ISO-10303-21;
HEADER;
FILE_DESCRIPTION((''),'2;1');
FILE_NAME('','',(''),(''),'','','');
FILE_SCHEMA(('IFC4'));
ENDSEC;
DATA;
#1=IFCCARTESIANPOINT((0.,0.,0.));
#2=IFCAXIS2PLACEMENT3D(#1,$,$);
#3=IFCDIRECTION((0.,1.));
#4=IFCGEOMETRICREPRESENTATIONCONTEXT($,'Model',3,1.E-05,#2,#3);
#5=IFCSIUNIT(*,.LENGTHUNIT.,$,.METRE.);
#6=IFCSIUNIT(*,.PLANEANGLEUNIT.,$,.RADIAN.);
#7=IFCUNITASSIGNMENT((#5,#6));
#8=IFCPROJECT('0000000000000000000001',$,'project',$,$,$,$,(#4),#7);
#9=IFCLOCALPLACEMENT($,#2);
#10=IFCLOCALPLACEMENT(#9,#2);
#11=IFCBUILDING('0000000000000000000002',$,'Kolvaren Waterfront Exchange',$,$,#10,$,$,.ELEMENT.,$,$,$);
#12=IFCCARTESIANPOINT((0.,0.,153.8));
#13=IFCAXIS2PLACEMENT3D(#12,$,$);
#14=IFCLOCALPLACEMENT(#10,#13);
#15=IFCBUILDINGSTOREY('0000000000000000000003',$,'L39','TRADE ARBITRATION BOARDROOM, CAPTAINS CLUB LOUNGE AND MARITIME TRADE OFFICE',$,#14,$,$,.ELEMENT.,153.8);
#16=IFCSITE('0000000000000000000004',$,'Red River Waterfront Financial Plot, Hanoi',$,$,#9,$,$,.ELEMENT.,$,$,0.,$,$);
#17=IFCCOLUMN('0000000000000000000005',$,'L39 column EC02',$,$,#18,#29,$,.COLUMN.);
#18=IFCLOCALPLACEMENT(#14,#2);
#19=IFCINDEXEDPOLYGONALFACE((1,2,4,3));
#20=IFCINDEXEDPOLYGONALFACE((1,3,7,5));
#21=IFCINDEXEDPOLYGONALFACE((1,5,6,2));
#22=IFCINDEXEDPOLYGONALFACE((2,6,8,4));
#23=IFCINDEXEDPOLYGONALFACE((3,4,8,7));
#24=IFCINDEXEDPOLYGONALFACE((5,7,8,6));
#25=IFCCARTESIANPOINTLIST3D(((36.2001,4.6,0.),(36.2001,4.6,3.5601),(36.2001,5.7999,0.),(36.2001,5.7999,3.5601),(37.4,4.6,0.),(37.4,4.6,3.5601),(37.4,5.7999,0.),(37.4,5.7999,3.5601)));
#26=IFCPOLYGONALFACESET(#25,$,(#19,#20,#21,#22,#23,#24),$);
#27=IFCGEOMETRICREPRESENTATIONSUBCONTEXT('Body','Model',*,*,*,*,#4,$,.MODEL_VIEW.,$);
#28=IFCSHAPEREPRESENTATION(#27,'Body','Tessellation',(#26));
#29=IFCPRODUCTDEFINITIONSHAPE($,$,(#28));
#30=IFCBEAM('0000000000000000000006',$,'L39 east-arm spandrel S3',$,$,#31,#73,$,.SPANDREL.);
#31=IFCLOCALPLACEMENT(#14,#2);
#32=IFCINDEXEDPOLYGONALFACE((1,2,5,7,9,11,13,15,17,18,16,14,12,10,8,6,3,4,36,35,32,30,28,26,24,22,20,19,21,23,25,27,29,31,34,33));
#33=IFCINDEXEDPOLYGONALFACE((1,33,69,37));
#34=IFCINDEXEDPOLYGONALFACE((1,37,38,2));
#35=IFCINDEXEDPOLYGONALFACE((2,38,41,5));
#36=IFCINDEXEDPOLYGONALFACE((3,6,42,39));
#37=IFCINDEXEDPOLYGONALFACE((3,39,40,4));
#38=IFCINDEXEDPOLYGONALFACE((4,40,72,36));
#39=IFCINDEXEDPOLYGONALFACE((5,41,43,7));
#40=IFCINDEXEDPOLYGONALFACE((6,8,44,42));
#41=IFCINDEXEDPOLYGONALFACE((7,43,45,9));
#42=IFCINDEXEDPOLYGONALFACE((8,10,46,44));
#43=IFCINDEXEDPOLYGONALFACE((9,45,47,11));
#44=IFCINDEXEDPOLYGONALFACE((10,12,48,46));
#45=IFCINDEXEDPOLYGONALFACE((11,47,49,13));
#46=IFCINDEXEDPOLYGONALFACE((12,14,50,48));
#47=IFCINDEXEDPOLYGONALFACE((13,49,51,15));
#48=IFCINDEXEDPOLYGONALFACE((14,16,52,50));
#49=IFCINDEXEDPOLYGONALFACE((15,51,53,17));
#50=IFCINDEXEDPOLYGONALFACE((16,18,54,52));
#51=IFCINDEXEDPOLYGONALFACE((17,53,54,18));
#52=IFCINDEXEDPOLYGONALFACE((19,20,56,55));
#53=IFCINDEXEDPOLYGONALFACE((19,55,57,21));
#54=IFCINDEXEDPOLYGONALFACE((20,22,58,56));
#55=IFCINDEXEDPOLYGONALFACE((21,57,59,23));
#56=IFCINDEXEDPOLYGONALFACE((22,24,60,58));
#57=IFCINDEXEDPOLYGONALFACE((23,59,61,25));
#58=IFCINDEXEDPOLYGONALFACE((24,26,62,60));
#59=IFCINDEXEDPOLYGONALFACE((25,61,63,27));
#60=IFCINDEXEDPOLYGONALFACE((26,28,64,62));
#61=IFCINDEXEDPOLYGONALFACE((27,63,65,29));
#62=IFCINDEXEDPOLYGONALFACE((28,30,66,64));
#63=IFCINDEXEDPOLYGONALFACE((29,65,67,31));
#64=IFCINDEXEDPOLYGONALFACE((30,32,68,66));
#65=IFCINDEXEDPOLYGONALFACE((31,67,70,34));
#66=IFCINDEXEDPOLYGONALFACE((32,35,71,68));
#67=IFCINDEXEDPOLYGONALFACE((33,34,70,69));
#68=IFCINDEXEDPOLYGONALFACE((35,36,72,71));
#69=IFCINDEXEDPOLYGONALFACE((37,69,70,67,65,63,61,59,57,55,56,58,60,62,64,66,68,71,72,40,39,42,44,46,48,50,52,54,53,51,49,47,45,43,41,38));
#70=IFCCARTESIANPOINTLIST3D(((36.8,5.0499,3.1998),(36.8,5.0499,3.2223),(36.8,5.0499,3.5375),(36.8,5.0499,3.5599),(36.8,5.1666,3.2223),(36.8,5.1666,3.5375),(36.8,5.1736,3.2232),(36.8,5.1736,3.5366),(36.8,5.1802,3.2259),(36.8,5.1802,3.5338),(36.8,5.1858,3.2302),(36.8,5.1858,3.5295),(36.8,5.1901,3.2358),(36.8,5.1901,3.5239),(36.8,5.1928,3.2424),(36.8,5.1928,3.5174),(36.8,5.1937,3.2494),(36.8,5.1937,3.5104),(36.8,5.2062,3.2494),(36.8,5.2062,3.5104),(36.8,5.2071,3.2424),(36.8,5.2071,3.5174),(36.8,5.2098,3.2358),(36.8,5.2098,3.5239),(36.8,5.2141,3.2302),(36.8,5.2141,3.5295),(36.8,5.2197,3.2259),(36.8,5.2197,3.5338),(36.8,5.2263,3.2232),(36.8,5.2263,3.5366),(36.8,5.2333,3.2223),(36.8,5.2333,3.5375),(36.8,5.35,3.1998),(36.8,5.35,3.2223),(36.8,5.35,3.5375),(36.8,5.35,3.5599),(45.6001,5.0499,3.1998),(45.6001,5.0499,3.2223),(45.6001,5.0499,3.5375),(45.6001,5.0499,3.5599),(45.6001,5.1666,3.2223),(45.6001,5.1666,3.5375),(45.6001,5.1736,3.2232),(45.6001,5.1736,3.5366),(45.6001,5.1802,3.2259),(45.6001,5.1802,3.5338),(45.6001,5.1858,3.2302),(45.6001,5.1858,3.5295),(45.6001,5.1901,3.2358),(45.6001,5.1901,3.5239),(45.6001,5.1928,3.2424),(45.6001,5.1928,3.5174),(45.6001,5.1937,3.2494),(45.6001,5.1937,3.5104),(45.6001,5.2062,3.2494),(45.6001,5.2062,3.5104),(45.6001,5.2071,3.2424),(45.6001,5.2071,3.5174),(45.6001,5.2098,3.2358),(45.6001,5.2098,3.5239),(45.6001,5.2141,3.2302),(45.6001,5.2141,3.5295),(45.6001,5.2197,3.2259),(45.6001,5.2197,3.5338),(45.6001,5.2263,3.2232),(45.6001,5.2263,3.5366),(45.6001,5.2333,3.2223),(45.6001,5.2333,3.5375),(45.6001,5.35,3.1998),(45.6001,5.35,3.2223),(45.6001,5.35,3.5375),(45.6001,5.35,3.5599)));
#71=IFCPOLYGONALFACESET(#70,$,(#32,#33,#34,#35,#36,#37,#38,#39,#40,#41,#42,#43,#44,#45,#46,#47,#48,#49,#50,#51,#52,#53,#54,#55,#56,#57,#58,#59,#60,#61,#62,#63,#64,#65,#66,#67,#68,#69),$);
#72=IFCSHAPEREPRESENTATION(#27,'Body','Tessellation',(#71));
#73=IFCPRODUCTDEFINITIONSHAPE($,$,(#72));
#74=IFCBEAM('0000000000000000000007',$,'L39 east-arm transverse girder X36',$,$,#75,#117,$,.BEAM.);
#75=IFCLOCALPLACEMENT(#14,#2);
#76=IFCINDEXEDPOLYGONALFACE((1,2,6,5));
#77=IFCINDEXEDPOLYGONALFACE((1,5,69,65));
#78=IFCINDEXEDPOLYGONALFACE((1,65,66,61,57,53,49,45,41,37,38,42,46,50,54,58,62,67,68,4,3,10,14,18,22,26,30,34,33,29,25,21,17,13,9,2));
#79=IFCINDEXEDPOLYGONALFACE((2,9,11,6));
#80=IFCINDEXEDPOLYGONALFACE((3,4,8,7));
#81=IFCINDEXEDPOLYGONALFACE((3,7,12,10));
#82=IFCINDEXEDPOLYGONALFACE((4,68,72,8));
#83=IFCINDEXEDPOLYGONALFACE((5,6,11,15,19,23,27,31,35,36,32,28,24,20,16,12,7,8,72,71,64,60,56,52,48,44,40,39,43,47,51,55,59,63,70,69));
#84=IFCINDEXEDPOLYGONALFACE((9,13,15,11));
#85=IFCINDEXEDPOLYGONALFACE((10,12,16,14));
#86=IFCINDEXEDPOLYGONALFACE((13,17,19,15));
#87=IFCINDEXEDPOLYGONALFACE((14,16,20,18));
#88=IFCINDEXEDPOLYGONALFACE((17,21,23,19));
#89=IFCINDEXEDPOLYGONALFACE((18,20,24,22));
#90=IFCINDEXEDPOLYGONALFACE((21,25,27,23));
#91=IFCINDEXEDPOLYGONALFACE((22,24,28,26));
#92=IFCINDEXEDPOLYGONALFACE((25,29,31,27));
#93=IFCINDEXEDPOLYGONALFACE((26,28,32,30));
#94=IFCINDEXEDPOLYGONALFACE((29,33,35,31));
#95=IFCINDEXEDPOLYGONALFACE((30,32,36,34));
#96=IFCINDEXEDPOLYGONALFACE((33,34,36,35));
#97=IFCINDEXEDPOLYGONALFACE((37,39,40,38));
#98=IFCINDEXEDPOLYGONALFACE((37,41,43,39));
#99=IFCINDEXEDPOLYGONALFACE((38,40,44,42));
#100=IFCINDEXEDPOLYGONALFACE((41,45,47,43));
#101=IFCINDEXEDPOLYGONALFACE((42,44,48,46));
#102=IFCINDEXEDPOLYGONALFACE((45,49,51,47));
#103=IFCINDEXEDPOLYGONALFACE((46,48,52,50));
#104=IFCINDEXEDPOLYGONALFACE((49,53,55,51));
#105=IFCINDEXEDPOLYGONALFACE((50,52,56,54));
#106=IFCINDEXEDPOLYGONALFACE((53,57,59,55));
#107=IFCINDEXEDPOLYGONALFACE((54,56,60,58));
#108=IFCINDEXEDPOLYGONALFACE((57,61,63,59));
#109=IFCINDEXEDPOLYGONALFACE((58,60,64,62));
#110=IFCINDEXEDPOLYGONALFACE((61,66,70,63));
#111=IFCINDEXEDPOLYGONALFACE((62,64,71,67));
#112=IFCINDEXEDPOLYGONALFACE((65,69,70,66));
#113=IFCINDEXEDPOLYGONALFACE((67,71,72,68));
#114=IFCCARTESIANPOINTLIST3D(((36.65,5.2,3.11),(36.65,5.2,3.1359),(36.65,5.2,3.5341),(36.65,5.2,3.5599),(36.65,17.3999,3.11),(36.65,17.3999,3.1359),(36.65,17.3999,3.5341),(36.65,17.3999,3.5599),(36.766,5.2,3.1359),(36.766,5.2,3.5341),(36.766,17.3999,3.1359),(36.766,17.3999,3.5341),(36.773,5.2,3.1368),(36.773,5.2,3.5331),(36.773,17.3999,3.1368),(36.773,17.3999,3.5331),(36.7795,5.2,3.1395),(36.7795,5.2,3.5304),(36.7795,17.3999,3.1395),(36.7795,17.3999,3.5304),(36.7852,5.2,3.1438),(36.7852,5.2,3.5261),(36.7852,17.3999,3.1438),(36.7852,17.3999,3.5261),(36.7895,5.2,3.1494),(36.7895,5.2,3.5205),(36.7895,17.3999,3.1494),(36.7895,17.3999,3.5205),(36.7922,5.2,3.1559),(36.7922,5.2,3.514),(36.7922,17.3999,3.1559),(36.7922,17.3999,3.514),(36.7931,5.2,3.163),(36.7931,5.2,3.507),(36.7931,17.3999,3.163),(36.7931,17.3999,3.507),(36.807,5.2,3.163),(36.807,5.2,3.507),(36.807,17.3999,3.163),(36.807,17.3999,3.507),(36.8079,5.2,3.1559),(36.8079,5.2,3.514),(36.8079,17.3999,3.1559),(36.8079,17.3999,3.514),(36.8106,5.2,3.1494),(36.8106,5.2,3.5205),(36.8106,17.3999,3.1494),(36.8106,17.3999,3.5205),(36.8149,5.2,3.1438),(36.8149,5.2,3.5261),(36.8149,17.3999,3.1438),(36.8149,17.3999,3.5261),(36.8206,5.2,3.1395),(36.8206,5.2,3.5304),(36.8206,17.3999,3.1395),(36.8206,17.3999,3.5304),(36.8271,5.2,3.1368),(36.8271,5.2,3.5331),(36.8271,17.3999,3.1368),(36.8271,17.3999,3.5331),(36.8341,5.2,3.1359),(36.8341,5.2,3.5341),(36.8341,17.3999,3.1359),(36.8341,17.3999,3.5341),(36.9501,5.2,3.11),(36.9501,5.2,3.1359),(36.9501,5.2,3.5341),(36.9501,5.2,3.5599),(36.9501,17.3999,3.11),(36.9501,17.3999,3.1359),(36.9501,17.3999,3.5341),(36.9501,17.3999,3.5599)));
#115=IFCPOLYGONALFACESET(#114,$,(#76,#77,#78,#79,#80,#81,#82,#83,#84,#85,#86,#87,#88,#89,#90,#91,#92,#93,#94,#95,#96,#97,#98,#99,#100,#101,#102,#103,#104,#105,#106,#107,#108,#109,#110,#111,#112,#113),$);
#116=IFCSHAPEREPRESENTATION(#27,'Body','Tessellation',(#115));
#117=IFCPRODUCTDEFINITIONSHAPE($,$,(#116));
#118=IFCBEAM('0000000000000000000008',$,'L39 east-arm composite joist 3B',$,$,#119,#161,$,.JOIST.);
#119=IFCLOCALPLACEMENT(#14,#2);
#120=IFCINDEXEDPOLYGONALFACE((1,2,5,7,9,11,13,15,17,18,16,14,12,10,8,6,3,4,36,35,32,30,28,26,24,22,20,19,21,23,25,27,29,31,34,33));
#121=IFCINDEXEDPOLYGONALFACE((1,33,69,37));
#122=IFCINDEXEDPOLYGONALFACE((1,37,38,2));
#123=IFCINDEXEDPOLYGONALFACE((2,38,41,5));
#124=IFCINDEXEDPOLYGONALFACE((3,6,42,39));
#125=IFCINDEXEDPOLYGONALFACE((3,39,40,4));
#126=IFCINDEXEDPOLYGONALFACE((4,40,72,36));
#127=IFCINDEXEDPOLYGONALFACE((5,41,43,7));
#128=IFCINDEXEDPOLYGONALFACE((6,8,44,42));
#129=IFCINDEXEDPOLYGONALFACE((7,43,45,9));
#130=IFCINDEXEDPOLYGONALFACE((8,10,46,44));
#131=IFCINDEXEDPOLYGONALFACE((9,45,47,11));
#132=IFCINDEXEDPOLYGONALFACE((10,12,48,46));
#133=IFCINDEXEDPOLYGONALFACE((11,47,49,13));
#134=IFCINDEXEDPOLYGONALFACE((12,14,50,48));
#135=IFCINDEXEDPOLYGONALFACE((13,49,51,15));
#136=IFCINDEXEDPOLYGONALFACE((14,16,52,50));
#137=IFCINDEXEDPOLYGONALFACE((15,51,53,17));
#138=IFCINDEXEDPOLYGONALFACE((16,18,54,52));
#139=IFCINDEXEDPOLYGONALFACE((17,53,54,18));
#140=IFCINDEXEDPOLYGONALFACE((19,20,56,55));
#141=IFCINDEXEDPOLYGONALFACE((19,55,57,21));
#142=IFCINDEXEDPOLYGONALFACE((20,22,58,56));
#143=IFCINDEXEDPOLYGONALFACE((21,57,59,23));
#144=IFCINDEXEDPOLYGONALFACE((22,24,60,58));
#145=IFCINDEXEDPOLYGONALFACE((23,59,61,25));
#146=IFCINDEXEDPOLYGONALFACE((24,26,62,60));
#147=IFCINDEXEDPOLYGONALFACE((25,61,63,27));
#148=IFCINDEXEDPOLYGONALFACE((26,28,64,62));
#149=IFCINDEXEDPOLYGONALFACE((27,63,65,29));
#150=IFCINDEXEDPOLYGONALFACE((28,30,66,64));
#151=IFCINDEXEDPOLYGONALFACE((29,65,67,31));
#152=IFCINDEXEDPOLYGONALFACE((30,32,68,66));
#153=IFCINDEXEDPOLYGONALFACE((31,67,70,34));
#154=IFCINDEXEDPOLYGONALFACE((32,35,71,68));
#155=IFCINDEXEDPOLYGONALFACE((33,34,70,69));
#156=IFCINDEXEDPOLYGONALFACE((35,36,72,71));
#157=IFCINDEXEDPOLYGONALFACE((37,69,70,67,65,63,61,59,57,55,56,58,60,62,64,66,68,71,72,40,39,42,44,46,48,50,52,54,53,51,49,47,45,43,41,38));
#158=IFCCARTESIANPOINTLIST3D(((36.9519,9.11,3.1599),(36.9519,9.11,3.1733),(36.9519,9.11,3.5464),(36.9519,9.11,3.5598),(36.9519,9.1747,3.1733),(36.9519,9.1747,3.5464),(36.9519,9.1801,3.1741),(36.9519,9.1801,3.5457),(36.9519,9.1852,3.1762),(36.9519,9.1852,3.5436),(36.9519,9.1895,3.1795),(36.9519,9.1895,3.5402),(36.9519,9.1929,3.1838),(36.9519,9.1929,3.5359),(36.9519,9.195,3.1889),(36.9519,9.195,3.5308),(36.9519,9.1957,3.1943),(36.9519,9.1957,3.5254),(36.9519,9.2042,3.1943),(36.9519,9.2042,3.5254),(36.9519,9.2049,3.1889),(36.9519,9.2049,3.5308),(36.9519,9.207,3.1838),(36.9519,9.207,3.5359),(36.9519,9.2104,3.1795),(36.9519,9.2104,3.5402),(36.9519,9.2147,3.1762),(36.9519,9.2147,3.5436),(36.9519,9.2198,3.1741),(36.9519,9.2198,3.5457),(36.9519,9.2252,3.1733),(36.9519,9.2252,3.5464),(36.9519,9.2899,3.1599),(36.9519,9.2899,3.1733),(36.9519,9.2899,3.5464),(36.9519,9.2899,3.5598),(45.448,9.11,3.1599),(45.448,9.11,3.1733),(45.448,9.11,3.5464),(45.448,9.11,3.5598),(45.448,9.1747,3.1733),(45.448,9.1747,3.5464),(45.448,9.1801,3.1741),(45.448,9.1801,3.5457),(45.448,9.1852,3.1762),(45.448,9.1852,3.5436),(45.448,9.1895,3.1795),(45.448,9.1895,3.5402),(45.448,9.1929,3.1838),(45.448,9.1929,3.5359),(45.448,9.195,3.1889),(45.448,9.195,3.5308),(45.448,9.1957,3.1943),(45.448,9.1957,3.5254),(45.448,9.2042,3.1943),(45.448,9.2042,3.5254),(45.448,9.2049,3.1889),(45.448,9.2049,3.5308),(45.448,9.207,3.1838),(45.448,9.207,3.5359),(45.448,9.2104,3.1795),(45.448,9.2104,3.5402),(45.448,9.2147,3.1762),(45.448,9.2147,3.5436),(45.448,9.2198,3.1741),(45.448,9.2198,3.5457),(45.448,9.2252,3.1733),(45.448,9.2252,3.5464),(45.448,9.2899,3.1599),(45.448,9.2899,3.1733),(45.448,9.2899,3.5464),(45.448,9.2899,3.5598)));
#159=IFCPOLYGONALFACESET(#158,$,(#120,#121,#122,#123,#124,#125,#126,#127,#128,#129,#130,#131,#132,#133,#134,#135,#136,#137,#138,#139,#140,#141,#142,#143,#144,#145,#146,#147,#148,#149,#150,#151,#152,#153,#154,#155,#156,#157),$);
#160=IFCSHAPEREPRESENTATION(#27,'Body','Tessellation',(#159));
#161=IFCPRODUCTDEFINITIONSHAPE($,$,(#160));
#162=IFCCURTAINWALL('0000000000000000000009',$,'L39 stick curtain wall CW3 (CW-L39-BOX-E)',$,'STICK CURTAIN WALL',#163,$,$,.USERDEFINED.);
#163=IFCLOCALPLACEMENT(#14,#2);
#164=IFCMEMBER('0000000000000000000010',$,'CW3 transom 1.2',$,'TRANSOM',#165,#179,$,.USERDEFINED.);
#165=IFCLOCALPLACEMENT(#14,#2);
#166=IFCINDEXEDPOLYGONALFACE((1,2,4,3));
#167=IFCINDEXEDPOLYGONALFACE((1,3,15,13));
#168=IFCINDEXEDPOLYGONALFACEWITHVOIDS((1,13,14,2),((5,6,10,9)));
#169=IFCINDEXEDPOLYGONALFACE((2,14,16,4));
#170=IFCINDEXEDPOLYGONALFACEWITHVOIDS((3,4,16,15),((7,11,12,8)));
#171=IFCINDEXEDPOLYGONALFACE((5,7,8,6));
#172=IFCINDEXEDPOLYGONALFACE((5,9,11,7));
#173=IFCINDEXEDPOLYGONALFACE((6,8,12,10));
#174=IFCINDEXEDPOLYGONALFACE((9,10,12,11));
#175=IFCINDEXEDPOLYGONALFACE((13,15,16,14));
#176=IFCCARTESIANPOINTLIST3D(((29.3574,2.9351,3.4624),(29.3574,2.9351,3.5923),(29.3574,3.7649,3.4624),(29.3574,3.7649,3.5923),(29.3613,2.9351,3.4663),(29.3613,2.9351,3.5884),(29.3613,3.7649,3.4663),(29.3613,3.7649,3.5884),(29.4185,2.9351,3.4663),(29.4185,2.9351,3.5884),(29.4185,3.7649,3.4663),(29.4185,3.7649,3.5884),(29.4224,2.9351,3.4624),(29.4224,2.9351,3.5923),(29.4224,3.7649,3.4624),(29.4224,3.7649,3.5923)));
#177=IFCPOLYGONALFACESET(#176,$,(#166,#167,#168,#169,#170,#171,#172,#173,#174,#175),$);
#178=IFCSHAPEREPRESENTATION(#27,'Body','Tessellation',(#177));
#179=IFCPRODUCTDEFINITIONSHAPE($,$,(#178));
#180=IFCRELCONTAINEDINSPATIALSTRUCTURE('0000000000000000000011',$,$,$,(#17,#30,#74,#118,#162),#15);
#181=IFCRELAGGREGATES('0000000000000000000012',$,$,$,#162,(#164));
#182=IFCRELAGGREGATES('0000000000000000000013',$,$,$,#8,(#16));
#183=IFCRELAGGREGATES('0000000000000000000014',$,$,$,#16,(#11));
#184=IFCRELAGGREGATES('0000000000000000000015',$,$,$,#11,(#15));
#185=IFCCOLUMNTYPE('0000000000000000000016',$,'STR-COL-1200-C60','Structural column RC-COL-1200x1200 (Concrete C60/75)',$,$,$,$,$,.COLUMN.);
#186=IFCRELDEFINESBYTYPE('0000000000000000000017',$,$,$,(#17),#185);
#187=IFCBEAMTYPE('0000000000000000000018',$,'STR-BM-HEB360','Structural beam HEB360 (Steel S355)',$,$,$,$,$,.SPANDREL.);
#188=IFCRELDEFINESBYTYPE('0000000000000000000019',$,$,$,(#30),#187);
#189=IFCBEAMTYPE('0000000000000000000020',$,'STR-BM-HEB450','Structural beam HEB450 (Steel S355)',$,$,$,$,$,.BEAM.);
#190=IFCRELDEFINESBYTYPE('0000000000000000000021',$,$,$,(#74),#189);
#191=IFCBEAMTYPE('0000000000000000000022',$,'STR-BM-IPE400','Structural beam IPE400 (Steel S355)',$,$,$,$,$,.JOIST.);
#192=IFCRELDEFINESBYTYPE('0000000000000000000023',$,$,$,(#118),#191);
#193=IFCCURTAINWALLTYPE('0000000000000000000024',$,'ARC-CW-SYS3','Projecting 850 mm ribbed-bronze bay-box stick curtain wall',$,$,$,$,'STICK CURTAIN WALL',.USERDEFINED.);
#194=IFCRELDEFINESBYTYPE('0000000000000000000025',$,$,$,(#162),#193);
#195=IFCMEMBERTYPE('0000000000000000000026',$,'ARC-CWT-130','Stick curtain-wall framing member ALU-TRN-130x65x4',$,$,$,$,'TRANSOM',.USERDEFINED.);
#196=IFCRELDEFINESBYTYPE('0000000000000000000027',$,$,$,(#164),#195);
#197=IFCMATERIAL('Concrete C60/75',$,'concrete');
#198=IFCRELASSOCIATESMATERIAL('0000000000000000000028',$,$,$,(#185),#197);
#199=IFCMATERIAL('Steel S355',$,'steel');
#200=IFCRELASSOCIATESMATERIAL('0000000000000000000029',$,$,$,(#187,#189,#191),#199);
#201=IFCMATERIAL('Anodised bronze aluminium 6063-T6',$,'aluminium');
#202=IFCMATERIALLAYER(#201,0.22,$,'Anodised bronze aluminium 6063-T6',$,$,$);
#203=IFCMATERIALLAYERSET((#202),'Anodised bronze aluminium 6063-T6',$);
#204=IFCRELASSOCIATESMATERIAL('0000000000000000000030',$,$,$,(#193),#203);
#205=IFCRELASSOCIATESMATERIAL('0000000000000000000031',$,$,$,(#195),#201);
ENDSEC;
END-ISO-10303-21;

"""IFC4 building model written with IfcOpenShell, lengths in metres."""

from ifc_helpers import new_model, si_unit, direction, frame, origin, origin_with_axes, origin_2d, place, context, subcontext, project, spatial, rectangle, hollow_rectangle, i_section, extrude, source, transform, mapped, material, layer, layer_set, material_profile, profile_set, type_object, element, aggregate, save


model = new_model("IFC4")

# Units and contexts
model_context = context("Model", 3, precision=1e-05, world=origin(), true_north=direction((0.0, 1.0)))
body_context = subcontext(model_context, "Body", "Model", "MODEL_VIEW")
ifc_project = project(units=[si_unit("LENGTHUNIT", "METRE"), si_unit("PLANEANGLEUNIT", "RADIAN")], contexts=[model_context])

# Site, building, storey
site_placement = place(None, origin())
site = spatial("IfcSite", under=ifc_project, at=site_placement, Name="Red River Waterfront Financial Plot, Hanoi", CompositionType="ELEMENT", RefElevation=0.0)
building_placement = place(site_placement, origin())
building = spatial("IfcBuilding", under=site, at=building_placement, Name="Kolvaren Waterfront Exchange", CompositionType="ELEMENT")
storey_placement = place(building_placement, frame((0.0, 0.0, 153.8)))
storey = spatial("IfcBuildingStorey", under=building, at=storey_placement, Name="L39", Description="TRADE ARBITRATION BOARDROOM, CAPTAINS CLUB LOUNGE AND MARITIME TRADE OFFICE", CompositionType="ELEMENT", Elevation=153.8)

# Column
ifc_material_1 = material(Name="Concrete C60/75", Category="concrete")
ifc_material_profile_1 = material_profile(ifc_material_1, rectangle(XDim=1.2, YDim=1.2, at=origin_2d()), Name="RC-COL-1200x1200")
ifc_profile_set_1 = profile_set([ifc_material_profile_1], Name="Concrete C60/75")
column_type = type_object("IfcColumnType", Name="STR-COL-1200-C60", Description="Structural column RC-COL-1200x1200 (Concrete C60/75)", PredefinedType="COLUMN", material=ifc_profile_set_1)
column_placement = place(storey_placement, frame((36.8, 5.2, 0.0), z_axis=(0.0, 0.0, 1.0), x_axis=(1.0, 0.0, 0.0)))
element("IfcColumn", 1, at=column_placement, inside=storey, type_object=column_type, Name="L39 column EC02", PredefinedType="COLUMN", context=body_context, shape_type="SweptSolid", body=[
    extrude(rectangle(XDim=1.2, YDim=1.2, at=origin_2d()), origin(), (0.0, 0.0, 1.0), 3.5601),
])

# Beams
ifc_material_2 = material(Name="Steel S355", Category="steel")
ifc_material_profile_2 = material_profile(ifc_material_2, i_section(OverallWidth=0.3, OverallDepth=0.3601, WebThickness=0.0125, FlangeThickness=0.0225, FilletRadius=0.0271, at=origin_2d()), Name="HEB360")
ifc_profile_set_2 = profile_set([ifc_material_profile_2], Name="Steel S355")
beam_type_1 = type_object("IfcBeamType", Name="STR-BM-HEB360", Description="Structural beam HEB360 (Steel S355)", PredefinedType="SPANDREL", material=ifc_profile_set_2)
beam_1_placement = place(storey_placement, frame((36.8, 5.2, 3.3799), z_axis=(1.0, 0.0, 0.0), x_axis=(0.0, 1.0, 0.0)))
element("IfcBeam", 2, at=beam_1_placement, inside=storey, type_object=beam_type_1, Name="L39 east-arm spandrel S3", PredefinedType="SPANDREL", context=body_context, shape_type="SweptSolid", body=[
    extrude(i_section(OverallWidth=0.3, OverallDepth=0.3601, WebThickness=0.0125, FlangeThickness=0.0225, FilletRadius=0.0271, at=origin_2d()), origin(), (0.0, 0.0, 1.0), 8.8),
])
ifc_material_profile_3 = material_profile(ifc_material_2, i_section(OverallWidth=0.3, OverallDepth=0.45, WebThickness=0.0139, FlangeThickness=0.0259, FilletRadius=0.0271, at=origin_2d()), Name="HEB450")
ifc_profile_set_3 = profile_set([ifc_material_profile_3], Name="Steel S355")
beam_type_2 = type_object("IfcBeamType", Name="STR-BM-HEB450", Description="Structural beam HEB450 (Steel S355)", PredefinedType="BEAM", material=ifc_profile_set_3)
beam_2_placement = place(storey_placement, frame((36.8, 5.2, 3.335), z_axis=(0.0, 1.0, 0.0), x_axis=(-1.0, 0.0, 0.0)))
element("IfcBeam", 3, at=beam_2_placement, inside=storey, type_object=beam_type_2, Name="L39 east-arm transverse girder X36", PredefinedType="BEAM", context=body_context, shape_type="SweptSolid", body=[
    extrude(i_section(OverallWidth=0.3, OverallDepth=0.45, WebThickness=0.0139, FlangeThickness=0.0259, FilletRadius=0.0271, at=origin_2d()), origin(), (0.0, 0.0, 1.0), 12.2),
])
ifc_material_profile_4 = material_profile(ifc_material_2, i_section(OverallWidth=0.1799, OverallDepth=0.3999, WebThickness=0.0085, FlangeThickness=0.0134, FilletRadius=0.021, at=origin_2d()), Name="IPE400")
ifc_profile_set_4 = profile_set([ifc_material_profile_4], Name="Steel S355")
beam_type_3 = type_object("IfcBeamType", Name="STR-BM-IPE400", Description="Structural beam IPE400 (Steel S355)", PredefinedType="JOIST", material=ifc_profile_set_4)
beam_3_placement = place(storey_placement, frame((36.9519, 9.2, 3.3599), z_axis=(1.0, 0.0, 0.0), x_axis=(0.0, 1.0, 0.0)))
element("IfcBeam", 4, at=beam_3_placement, inside=storey, type_object=beam_type_3, Name="L39 east-arm composite joist 3B", PredefinedType="JOIST", context=body_context, shape_type="SweptSolid", body=[
    extrude(i_section(OverallWidth=0.1799, OverallDepth=0.3999, WebThickness=0.0085, FlangeThickness=0.0134, FilletRadius=0.021, at=origin_2d()), origin(), (0.0, 0.0, 1.0), 8.4961),
])

# Curtain wall, member
ifc_material_3 = material(Name="Anodised bronze aluminium 6063-T6", Category="aluminium")
ifc_layer_1 = layer(ifc_material_3, 0.22, Name="Anodised bronze aluminium 6063-T6")
ifc_layer_set_1 = layer_set([ifc_layer_1], Name="Anodised bronze aluminium 6063-T6")
curtain_wall_type_1 = type_object("IfcCurtainWallType", Name="ARC-CW-SYS3", Description="Projecting 850 mm ribbed-bronze bay-box stick curtain wall", ElementType="STICK CURTAIN WALL", PredefinedType="USERDEFINED", material=ifc_layer_set_1)
curtain_wall_1_placement = place(storey_placement, origin())
curtain_wall_1 = element("IfcCurtainWall", 5, at=curtain_wall_1_placement, inside=storey, type_object=curtain_wall_type_1, Name="L39 stick curtain wall CW3 (CW-L39-BOX-E)", ObjectType="STICK CURTAIN WALL", PredefinedType="USERDEFINED")
ifc_material_profile_5 = material_profile(ifc_material_3, hollow_rectangle(XDim=0.0649, YDim=0.1299, WallThickness=0.0039, at=origin_2d()), Name="ALU-TRN-130x65x4")
ifc_profile_set_5 = profile_set([ifc_material_profile_5], Name="Anodised bronze aluminium 6063-T6")
member_type_1 = type_object("IfcMemberType", Name="ARC-CWT-130", Description="Stick curtain-wall framing member ALU-TRN-130x65x4", ElementType="TRANSOM", PredefinedType="USERDEFINED", material=ifc_profile_set_5)
shared_shape_1 = source(origin_with_axes(), body_context, "Body", "SweptSolid", [
    extrude(hollow_rectangle(XDim=0.0649, YDim=0.1299, WallThickness=0.0039, at=origin_2d()), origin(), (0.0, 0.0, 1.0), 0.8298),
])
member_1_placement = place(storey_placement, frame((29.3899, 2.9351, 3.5273), z_axis=(0.0, 1.0, 0.0), x_axis=(-1.0, 0.0, 0.0)))
member_1 = element("IfcMember", 6, at=member_1_placement, type_object=member_type_1, Name="CW3 transom 1.2", ObjectType="TRANSOM", PredefinedType="USERDEFINED", context=body_context, shape_type="MappedRepresentation", body=[
    mapped(shared_shape_1, transform((0.0, 0.0, 0.0), x_axis=(1.0, 0.0, 0.0), y_axis=(0.0, 1.0, 0.0), z_axis=(0.0, 0.0, 1.0), scale=1.0)),
])

aggregate(curtain_wall_1, [member_1])

save(model, "model.ifc")
